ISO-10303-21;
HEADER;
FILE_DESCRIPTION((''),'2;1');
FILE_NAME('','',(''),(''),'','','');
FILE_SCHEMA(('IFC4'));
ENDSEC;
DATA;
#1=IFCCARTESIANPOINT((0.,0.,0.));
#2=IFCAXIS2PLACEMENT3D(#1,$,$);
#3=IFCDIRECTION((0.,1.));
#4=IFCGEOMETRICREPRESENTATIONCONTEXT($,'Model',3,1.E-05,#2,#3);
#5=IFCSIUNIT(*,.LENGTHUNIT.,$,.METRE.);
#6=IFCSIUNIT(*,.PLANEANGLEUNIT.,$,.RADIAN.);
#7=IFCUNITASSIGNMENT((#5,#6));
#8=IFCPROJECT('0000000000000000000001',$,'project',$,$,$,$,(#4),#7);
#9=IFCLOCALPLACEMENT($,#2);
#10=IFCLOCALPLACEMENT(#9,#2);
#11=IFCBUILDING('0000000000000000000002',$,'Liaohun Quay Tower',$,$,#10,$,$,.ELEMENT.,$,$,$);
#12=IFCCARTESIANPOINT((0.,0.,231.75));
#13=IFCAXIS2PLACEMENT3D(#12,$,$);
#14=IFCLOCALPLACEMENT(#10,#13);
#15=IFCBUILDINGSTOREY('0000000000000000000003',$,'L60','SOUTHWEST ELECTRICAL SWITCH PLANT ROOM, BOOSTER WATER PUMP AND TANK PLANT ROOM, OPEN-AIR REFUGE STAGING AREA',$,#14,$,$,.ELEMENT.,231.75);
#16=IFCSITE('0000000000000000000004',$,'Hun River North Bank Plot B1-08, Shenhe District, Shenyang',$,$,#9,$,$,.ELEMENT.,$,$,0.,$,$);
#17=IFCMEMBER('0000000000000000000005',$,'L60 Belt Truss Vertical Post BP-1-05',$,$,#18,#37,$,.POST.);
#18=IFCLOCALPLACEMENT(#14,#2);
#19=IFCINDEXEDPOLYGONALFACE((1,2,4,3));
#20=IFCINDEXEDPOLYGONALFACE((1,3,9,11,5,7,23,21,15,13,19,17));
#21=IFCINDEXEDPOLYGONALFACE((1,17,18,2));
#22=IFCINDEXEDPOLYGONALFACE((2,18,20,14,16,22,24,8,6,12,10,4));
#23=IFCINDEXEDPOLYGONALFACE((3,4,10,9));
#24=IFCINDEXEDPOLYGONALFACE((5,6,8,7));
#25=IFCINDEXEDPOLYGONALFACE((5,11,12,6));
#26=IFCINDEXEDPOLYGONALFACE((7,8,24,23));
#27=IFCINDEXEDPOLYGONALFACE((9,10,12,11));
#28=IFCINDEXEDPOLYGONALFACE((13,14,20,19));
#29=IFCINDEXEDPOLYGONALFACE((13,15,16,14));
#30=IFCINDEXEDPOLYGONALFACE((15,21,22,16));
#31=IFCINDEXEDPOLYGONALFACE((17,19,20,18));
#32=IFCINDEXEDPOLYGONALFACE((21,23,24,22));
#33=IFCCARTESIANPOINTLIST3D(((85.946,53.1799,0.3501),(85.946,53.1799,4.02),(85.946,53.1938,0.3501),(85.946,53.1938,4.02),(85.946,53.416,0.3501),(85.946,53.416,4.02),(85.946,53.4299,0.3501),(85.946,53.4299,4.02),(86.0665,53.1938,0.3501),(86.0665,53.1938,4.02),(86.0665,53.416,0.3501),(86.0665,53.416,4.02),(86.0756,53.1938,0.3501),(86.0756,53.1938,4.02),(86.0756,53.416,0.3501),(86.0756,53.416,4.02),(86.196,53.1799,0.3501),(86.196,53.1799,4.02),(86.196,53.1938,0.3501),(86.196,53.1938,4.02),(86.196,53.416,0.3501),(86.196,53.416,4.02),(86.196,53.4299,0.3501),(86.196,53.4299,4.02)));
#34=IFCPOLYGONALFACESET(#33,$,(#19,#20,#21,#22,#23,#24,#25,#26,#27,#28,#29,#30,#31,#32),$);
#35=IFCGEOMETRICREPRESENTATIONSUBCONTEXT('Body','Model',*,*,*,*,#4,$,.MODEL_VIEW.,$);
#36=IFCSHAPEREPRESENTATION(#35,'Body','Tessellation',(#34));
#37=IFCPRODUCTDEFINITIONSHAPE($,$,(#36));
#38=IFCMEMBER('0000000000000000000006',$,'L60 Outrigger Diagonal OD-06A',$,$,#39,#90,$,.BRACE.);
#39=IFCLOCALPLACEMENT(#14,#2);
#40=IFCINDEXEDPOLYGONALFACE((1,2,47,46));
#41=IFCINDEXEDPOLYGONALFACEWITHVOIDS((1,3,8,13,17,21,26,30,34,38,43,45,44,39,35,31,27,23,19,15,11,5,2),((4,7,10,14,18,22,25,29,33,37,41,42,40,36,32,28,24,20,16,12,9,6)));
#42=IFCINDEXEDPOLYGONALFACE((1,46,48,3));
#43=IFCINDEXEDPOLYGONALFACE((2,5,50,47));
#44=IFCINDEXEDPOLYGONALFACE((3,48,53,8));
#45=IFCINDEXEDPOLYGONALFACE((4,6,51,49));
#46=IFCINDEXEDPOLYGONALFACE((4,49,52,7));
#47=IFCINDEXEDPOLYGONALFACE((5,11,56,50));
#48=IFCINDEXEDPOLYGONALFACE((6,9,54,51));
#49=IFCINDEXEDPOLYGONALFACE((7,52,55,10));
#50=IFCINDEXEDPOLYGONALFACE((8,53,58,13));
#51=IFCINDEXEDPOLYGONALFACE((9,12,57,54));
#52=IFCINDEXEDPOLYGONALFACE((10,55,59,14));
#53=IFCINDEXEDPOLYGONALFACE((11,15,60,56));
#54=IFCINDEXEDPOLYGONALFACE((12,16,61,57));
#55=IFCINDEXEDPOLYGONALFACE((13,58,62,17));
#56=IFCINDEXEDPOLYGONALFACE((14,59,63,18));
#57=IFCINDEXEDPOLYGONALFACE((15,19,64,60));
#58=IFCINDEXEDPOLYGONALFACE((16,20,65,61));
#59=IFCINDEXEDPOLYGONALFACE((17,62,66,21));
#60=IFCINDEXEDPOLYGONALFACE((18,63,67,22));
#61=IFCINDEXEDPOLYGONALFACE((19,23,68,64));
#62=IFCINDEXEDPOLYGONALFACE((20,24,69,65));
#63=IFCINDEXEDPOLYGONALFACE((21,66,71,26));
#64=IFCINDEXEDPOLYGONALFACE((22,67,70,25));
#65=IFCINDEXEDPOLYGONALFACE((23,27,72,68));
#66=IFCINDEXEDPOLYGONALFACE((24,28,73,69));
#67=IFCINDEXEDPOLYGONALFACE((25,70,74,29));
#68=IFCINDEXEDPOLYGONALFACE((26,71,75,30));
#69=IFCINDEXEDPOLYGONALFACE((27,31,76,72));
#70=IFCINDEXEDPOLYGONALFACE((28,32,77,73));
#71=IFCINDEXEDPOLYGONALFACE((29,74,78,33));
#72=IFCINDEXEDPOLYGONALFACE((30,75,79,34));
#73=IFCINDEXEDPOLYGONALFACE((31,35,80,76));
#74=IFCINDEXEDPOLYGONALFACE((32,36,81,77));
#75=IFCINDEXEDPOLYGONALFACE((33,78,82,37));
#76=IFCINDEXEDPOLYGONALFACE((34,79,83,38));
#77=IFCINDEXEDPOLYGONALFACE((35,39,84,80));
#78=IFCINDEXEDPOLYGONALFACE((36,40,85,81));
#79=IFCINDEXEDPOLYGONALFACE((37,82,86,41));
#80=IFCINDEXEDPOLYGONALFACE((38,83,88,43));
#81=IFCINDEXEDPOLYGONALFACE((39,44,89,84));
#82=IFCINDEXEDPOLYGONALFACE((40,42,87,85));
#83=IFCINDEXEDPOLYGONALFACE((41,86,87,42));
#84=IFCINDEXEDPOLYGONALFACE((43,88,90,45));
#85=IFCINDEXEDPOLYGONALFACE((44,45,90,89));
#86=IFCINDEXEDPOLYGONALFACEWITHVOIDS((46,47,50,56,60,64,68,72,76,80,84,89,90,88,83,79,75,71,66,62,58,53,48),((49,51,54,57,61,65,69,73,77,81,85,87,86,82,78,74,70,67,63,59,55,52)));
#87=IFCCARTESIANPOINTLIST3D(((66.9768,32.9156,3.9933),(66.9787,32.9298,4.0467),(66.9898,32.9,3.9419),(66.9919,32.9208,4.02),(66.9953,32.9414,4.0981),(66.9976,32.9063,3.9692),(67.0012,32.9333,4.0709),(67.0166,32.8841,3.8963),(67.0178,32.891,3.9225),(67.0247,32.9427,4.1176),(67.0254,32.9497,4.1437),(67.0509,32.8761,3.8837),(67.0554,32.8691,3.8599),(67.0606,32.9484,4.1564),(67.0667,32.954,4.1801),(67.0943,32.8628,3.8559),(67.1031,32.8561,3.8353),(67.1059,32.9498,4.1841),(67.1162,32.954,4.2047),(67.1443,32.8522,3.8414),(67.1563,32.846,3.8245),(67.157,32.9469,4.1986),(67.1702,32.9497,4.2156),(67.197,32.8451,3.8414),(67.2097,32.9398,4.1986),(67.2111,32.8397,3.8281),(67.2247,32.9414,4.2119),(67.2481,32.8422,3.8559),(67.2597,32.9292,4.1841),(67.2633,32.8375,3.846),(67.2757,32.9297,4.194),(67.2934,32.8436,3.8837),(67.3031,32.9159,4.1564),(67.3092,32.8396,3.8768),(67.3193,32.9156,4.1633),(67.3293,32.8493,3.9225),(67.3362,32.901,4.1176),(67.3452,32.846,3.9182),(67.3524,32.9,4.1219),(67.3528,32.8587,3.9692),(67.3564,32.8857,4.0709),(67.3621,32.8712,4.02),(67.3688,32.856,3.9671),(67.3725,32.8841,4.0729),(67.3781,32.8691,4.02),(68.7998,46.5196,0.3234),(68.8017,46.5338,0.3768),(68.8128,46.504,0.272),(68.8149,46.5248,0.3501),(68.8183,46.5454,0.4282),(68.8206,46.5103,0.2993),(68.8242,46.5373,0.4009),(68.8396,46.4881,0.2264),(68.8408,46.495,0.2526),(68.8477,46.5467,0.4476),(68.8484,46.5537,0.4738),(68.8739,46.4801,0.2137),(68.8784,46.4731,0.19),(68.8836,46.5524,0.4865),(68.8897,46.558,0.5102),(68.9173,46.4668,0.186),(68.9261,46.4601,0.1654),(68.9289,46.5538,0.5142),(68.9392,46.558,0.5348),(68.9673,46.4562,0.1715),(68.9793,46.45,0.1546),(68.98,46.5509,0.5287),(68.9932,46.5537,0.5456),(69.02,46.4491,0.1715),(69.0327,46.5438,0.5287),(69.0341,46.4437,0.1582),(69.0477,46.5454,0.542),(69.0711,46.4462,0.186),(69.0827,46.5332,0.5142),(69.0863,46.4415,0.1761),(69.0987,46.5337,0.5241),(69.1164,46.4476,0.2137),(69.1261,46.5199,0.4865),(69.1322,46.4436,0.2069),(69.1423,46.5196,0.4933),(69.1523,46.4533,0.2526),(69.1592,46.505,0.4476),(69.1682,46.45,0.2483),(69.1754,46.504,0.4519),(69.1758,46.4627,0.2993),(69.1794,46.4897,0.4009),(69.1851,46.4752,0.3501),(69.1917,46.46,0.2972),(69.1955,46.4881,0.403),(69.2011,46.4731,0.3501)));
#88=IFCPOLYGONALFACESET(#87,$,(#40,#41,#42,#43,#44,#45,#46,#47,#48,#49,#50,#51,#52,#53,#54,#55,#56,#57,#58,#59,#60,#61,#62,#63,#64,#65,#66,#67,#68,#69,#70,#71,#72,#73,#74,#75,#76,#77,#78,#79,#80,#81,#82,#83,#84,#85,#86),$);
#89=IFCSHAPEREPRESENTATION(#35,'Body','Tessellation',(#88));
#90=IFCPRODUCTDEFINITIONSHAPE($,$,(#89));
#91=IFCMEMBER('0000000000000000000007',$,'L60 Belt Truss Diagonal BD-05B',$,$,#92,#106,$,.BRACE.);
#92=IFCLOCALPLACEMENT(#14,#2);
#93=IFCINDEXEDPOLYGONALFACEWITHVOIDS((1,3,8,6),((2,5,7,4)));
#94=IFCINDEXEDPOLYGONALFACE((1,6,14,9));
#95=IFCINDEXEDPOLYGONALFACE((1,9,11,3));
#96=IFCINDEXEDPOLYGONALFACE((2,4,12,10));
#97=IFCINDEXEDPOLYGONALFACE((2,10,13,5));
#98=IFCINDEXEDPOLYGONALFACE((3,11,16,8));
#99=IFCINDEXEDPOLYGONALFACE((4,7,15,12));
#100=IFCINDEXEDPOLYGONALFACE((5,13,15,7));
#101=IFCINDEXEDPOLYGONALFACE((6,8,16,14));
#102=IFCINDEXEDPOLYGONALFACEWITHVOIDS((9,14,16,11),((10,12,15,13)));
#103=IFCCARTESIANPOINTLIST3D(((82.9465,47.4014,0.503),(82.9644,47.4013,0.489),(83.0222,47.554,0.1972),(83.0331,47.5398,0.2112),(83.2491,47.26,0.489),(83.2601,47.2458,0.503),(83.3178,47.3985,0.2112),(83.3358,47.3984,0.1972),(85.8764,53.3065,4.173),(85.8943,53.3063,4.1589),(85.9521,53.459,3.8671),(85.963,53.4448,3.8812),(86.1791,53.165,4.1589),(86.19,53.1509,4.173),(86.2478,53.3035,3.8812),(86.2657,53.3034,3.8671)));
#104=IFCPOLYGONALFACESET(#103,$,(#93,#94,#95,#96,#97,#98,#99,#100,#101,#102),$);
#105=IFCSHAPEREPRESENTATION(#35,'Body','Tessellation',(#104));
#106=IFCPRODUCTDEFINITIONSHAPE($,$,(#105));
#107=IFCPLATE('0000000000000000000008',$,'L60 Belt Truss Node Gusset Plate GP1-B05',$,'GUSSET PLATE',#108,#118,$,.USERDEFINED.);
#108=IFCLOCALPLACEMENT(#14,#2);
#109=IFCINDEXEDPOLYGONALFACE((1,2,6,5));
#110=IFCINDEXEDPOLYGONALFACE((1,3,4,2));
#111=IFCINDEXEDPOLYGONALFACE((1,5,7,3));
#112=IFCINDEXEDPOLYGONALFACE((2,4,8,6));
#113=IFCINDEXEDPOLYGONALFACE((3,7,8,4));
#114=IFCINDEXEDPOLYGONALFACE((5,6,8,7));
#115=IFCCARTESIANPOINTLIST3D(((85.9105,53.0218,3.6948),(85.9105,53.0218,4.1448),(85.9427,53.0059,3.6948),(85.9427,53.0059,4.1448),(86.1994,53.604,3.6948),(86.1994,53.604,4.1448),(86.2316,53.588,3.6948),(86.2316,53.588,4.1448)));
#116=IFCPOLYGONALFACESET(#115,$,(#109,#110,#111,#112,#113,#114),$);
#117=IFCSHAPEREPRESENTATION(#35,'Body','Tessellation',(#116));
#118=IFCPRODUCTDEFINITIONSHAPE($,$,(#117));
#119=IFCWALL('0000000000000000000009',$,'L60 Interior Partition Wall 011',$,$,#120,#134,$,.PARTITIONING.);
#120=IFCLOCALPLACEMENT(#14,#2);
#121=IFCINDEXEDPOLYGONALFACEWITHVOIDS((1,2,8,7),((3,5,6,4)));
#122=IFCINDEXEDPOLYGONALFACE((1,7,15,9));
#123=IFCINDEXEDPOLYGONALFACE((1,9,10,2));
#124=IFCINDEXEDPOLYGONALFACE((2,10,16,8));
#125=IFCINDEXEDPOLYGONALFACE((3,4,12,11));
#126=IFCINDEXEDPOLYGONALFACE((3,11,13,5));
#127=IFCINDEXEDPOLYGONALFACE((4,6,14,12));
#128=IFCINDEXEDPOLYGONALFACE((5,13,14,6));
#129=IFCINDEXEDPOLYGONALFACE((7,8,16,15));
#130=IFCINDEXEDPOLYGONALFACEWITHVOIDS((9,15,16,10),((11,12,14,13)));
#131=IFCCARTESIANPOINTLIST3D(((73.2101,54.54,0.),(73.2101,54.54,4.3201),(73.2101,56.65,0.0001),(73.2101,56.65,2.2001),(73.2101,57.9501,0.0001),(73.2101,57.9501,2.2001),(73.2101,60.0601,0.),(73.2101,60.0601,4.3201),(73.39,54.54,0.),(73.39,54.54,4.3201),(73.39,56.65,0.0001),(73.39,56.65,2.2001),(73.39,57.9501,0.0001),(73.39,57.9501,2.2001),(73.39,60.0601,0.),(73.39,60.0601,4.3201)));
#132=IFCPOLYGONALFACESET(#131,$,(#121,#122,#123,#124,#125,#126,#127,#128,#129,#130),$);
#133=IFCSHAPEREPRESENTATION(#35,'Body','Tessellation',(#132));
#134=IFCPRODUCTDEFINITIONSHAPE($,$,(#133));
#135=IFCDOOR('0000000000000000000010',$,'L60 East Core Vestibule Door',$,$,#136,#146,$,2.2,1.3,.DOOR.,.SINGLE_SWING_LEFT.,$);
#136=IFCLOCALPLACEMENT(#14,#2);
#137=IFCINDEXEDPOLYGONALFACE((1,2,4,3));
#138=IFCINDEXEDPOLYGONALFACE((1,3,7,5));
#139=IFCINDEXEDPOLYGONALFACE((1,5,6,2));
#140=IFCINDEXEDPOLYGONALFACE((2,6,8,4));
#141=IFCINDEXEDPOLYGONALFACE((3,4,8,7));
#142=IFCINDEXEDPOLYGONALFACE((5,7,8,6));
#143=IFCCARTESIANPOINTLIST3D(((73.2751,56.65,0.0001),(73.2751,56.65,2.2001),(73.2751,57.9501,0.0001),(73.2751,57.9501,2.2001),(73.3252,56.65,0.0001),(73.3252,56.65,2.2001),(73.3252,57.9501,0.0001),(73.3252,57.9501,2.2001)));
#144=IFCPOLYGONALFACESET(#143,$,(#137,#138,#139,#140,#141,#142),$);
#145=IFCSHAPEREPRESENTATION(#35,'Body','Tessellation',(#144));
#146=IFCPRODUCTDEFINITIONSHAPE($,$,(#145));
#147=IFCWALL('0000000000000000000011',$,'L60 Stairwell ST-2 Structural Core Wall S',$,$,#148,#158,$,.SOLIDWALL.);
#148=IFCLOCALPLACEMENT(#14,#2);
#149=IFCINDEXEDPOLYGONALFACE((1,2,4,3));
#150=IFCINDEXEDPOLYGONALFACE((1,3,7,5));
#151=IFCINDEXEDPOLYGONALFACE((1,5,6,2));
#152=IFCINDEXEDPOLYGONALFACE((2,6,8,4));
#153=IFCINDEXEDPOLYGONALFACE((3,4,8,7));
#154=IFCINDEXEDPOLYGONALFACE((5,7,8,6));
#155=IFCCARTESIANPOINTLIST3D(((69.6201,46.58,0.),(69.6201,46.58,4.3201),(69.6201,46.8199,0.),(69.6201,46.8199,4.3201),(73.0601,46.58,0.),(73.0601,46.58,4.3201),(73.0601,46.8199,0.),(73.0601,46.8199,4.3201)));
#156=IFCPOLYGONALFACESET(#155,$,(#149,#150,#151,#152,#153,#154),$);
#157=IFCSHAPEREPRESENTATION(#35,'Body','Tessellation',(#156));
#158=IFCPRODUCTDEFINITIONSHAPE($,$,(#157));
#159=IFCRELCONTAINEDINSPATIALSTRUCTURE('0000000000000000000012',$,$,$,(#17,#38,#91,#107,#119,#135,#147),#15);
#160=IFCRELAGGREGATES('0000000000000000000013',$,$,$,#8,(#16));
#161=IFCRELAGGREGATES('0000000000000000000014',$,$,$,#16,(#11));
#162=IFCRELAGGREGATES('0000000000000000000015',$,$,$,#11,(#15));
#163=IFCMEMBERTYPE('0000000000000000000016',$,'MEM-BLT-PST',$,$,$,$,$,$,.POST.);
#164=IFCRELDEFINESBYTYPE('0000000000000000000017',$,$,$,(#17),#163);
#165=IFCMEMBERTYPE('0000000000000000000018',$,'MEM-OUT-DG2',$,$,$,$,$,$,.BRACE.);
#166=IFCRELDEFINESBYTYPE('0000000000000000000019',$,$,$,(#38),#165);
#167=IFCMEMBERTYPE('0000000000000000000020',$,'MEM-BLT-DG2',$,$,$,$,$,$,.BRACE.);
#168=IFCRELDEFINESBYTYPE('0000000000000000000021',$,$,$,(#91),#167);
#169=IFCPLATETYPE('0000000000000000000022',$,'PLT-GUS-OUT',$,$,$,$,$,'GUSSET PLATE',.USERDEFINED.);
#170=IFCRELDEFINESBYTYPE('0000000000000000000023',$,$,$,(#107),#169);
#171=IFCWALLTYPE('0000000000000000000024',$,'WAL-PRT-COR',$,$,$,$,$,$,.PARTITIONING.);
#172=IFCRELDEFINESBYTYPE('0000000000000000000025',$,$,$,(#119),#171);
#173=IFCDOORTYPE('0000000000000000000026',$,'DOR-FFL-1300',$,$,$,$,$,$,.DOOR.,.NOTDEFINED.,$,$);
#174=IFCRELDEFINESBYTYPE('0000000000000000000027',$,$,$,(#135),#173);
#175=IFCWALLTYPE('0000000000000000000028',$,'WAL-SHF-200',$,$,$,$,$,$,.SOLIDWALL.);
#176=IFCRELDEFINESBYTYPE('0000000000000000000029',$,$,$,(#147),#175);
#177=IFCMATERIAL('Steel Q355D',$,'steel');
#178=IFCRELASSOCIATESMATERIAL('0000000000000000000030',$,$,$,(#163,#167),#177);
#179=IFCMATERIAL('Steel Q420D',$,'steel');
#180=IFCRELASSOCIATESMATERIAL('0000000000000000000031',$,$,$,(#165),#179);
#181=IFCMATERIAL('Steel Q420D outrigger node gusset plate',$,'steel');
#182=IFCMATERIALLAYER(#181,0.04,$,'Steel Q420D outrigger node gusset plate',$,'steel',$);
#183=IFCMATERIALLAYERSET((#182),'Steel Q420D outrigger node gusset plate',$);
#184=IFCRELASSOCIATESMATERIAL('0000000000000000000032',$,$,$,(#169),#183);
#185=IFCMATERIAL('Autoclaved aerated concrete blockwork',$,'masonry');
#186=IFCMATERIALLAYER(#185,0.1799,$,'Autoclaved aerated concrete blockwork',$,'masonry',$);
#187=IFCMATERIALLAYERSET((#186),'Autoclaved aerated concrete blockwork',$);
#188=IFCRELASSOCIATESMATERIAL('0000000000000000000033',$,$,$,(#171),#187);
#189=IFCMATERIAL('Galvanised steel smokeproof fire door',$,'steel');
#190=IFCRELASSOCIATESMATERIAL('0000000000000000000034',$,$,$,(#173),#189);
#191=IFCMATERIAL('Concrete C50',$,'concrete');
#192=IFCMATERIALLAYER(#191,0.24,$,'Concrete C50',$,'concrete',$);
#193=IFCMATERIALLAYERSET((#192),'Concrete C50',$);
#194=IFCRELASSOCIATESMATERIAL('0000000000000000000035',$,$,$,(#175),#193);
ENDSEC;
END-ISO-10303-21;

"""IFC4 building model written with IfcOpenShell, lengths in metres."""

from ifc_helpers import new_model, si_unit, direction, frame, frame_2d, origin, origin_2d, place, context, subcontext, project, spatial, rectangle, hollow_rectangle, hollow_circle, i_section, extrude, source, transform, mapped, material, layer, layer_set, material_profile, profile_set, type_object, element, fill, save


model = new_model("IFC4")

# Units and contexts
model_context = context("Model", 3, precision=1e-05, world=origin(), true_north=direction((0.0, 1.0)))
body_context = subcontext(model_context, "Body", "Model", "MODEL_VIEW")
ifc_project = project(units=[si_unit("LENGTHUNIT", "METRE"), si_unit("PLANEANGLEUNIT", "RADIAN")], contexts=[model_context])

# Site, building, storey
site_placement = place(None, origin())
site = spatial("IfcSite", under=ifc_project, at=site_placement, Name="Hun River North Bank Plot B1-08, Shenhe District, Shenyang", CompositionType="ELEMENT", RefElevation=0.0)
building_placement = place(site_placement, origin())
building = spatial("IfcBuilding", under=site, at=building_placement, Name="Liaohun Quay Tower", CompositionType="ELEMENT")
storey_placement = place(building_placement, frame((0.0, 0.0, 231.75)))
storey = spatial("IfcBuildingStorey", under=building, at=storey_placement, Name="L60", Description="SOUTHWEST ELECTRICAL SWITCH PLANT ROOM, BOOSTER WATER PUMP AND TANK PLANT ROOM, OPEN-AIR REFUGE STAGING AREA", CompositionType="ELEMENT", Elevation=231.75)

# Members
ifc_material_1 = material(Name="Steel Q355D", Category="steel")
ifc_material_profile_1 = material_profile(ifc_material_1, i_section(OverallWidth=0.25, OverallDepth=0.25, WebThickness=0.009, FlangeThickness=0.0139, at=origin_2d()), Name="HW250x250x9x14")
ifc_profile_set_1 = profile_set([ifc_material_profile_1], Name="Steel Q355D")
member_type_1 = type_object("IfcMemberType", Name="MEM-BLT-PST", PredefinedType="POST", material=ifc_profile_set_1)
shared_shape_1 = source(origin(), body_context, "Body", "SweptSolid", [
    extrude(i_section(OverallWidth=0.25, OverallDepth=0.25, WebThickness=0.009, FlangeThickness=0.0139, at=origin_2d()), origin(), (0.0, 0.0, 1.0), 3.6699),
])
member_1_placement = place(storey_placement, frame((86.071, 53.3049, 0.3501), z_axis=(0.0, 0.0, 1.0), x_axis=(1.0, 0.0, 0.0)))
element("IfcMember", 1, at=member_1_placement, inside=storey, type_object=member_type_1, Name="L60 Belt Truss Vertical Post BP-1-05", PredefinedType="POST", context=body_context, shape_type="MappedRepresentation", body=[
    mapped(shared_shape_1, transform((0.0, 0.0, 0.0), x_axis=(1.0, 0.0, 0.0), y_axis=(0.0, 1.0, 0.0), z_axis=(0.0, 0.0, 1.0), scale=1.0)),
])
ifc_material_2 = material(Name="Steel Q420D", Category="steel")
ifc_material_profile_2 = material_profile(ifc_material_2, hollow_circle(Radius=0.2029, WallThickness=0.0161, at=origin_2d()), Name="CHS406x16")
ifc_profile_set_2 = profile_set([ifc_material_profile_2], Name="Steel Q420D")
member_type_2 = type_object("IfcMemberType", Name="MEM-OUT-DG2", PredefinedType="BRACE", material=ifc_profile_set_2)
shared_shape_2 = source(origin(), body_context, "Body", "SweptSolid", [
    extrude(hollow_circle(Radius=0.2029, WallThickness=0.0161, at=origin_2d()), origin(), (0.0, 0.0, 1.0), 14.2078),
])
member_2_placement = place(storey_placement, frame((69.0, 46.5, 0.3501), z_axis=(-0.12831, -0.957505, 0.258304), x_axis=(0.991141, -0.132817, 0.0)))
element("IfcMember", 2, at=member_2_placement, inside=storey, type_object=member_type_2, Name="L60 Outrigger Diagonal OD-06A", PredefinedType="BRACE", context=body_context, shape_type="MappedRepresentation", body=[
    mapped(shared_shape_2, transform((0.0, 0.0, 0.0), x_axis=(1.0, 0.0, 0.0), y_axis=(0.0, 1.0, 0.0), z_axis=(0.0, 0.0, 1.0), scale=1.0)),
])
ifc_material_profile_3 = material_profile(ifc_material_1, hollow_rectangle(XDim=0.3501, YDim=0.3501, WallThickness=0.0161, at=origin_2d()), Name="SHS350x350x16")
ifc_profile_set_3 = profile_set([ifc_material_profile_3], Name="Steel Q355D")
member_type_3 = type_object("IfcMemberType", Name="MEM-BLT-DG2", PredefinedType="BRACE", material=ifc_profile_set_3)
shared_shape_3 = source(origin(), body_context, "Body", "SweptSolid", [
    extrude(hollow_rectangle(XDim=0.3501, YDim=0.3501, WallThickness=0.0161, at=origin_2d()), origin(), (0.0, 0.0, 1.0), 7.5447),
])
member_3_placement = place(storey_placement, frame((86.071, 53.3049, 4.02), z_axis=(-0.388344, -0.782675, -0.486425), x_axis=(0.895793, -0.444471, 0.0)))
element("IfcMember", 3, at=member_3_placement, inside=storey, type_object=member_type_3, Name="L60 Belt Truss Diagonal BD-05B", PredefinedType="BRACE", context=body_context, shape_type="MappedRepresentation", body=[
    mapped(shared_shape_3, transform((0.0, 0.0, 0.0), x_axis=(1.0, 0.0, 0.0), y_axis=(0.0, 1.0, 0.0), z_axis=(0.0, 0.0, 1.0), scale=1.0)),
])

# Plate
ifc_material_3 = material(Name="Steel Q420D outrigger node gusset plate", Category="steel")
ifc_layer_1 = layer(ifc_material_3, 0.04, Name="Steel Q420D outrigger node gusset plate", Category="steel")
ifc_layer_set_1 = layer_set([ifc_layer_1], Name="Steel Q420D outrigger node gusset plate")
plate_type = type_object("IfcPlateType", Name="PLT-GUS-OUT", ElementType="GUSSET PLATE", PredefinedType="USERDEFINED", material=ifc_layer_set_1)
shared_shape_4 = source(origin(), body_context, "Body", "SweptSolid", [
    extrude(rectangle(XDim=0.6499, YDim=0.0359, at=origin_2d()), origin(), (0.0, 0.0, 1.0), 0.45),
])
plate_placement = place(storey_placement, frame((86.071, 53.3049, 3.6948), z_axis=(0.0, 0.0, 1.0), x_axis=(-0.444479, -0.895789, 0.0)))
element("IfcPlate", 4, at=plate_placement, inside=storey, type_object=plate_type, Name="L60 Belt Truss Node Gusset Plate GP1-B05", ObjectType="GUSSET PLATE", PredefinedType="USERDEFINED", context=body_context, shape_type="MappedRepresentation", body=[
    mapped(shared_shape_4, transform((0.0, 0.0, 0.0), x_axis=(1.0, 0.0, 0.0), y_axis=(0.0, 1.0, 0.0), z_axis=(0.0, 0.0, 1.0), scale=1.0)),
])

# Wall, opening, door
ifc_material_4 = material(Name="Autoclaved aerated concrete blockwork", Category="masonry")
ifc_layer_2 = layer(ifc_material_4, 0.1799, Name="Autoclaved aerated concrete blockwork", Category="masonry")
ifc_layer_set_2 = layer_set([ifc_layer_2], Name="Autoclaved aerated concrete blockwork")
wall_type_1 = type_object("IfcWallType", Name="WAL-PRT-COR", PredefinedType="PARTITIONING", material=ifc_layer_set_2)
wall_1_placement = place(storey_placement, frame((73.3, 54.54, 0.0), z_axis=(0.0, 0.0, 1.0), x_axis=(0.0, 1.0, 0.0)))
wall_1 = element("IfcWall", 5, at=wall_1_placement, inside=storey, type_object=wall_type_1, Name="L60 Interior Partition Wall 011", PredefinedType="PARTITIONING", context=body_context, shape_type="SweptSolid", body=[
    extrude(rectangle(XDim=5.52, YDim=0.1799, at=frame_2d((2.76, 0.0))), origin(), (0.0, 0.0, 1.0), 4.3201),
])
shared_shape_5 = source(origin(), body_context, "Body", "SweptSolid", [
    extrude(rectangle(XDim=1.3, YDim=2.2, at=frame_2d((0.6499, 1.1001))), frame((0.0, 0.0999, 0.0), z_axis=(0.0, -1.0, 0.0), x_axis=(1.0, 0.0, 0.0)), (0.0, 0.0, 1.0), 0.2),
])
opening_1_placement = place(wall_1_placement, frame((2.1101, 0.0, 0.0)))
opening_1 = element("IfcOpeningElement", 6, at=opening_1_placement, cuts=wall_1, PredefinedType="OPENING", context=body_context, shape_type="MappedRepresentation", body=[
    mapped(shared_shape_5, transform((0.0, 0.0, 0.0), x_axis=(1.0, 0.0, 0.0), y_axis=(0.0, 1.0, 0.0), z_axis=(0.0, 0.0, 1.0), scale=1.0)),
])
ifc_material_5 = material(Name="Galvanised steel smokeproof fire door", Category="steel")
door_type_1 = type_object("IfcDoorType", Name="DOR-FFL-1300", OperationType="NOTDEFINED", PredefinedType="DOOR", material=ifc_material_5)
shared_shape_6 = source(origin(), body_context, "Body", "SweptSolid", [
    extrude(rectangle(XDim=1.3, YDim=2.2, at=frame_2d((0.6499, 1.1001))), frame((0.0, 0.0249, 0.0), z_axis=(0.0, -1.0, 0.0), x_axis=(1.0, 0.0, 0.0)), (0.0, 0.0, 1.0), 0.05),
])
door_1_placement = place(opening_1_placement, origin())
door_1 = element("IfcDoor", 7, at=door_1_placement, inside=storey, type_object=door_type_1, Name="L60 East Core Vestibule Door", OperationType="SINGLE_SWING_LEFT", OverallHeight=2.2, OverallWidth=1.3, PredefinedType="DOOR", context=body_context, shape_type="MappedRepresentation", body=[
    mapped(shared_shape_6, transform((0.0, 0.0, 0.0), x_axis=(1.0, 0.0, 0.0), y_axis=(0.0, 1.0, 0.0), z_axis=(0.0, 0.0, 1.0), scale=1.0)),
])
fill(opening_1, door_1)

# Wall
ifc_material_6 = material(Name="Concrete C50", Category="concrete")
ifc_layer_3 = layer(ifc_material_6, 0.24, Name="Concrete C50", Category="concrete")
ifc_layer_set_3 = layer_set([ifc_layer_3], Name="Concrete C50")
wall_type_2 = type_object("IfcWallType", Name="WAL-SHF-200", PredefinedType="SOLIDWALL", material=ifc_layer_set_3)
wall_2_placement = place(storey_placement, frame((69.6201, 46.7, 0.0), z_axis=(0.0, 0.0, 1.0), x_axis=(1.0, 0.0, 0.0)))
element("IfcWall", 8, at=wall_2_placement, inside=storey, type_object=wall_type_2, Name="L60 Stairwell ST-2 Structural Core Wall S", PredefinedType="SOLIDWALL", context=body_context, shape_type="SweptSolid", body=[
    extrude(rectangle(XDim=3.4399, YDim=0.24, at=frame_2d((1.72, 0.0))), origin(), (0.0, 0.0, 1.0), 4.3201),
])

save(model, "model.ifc")
